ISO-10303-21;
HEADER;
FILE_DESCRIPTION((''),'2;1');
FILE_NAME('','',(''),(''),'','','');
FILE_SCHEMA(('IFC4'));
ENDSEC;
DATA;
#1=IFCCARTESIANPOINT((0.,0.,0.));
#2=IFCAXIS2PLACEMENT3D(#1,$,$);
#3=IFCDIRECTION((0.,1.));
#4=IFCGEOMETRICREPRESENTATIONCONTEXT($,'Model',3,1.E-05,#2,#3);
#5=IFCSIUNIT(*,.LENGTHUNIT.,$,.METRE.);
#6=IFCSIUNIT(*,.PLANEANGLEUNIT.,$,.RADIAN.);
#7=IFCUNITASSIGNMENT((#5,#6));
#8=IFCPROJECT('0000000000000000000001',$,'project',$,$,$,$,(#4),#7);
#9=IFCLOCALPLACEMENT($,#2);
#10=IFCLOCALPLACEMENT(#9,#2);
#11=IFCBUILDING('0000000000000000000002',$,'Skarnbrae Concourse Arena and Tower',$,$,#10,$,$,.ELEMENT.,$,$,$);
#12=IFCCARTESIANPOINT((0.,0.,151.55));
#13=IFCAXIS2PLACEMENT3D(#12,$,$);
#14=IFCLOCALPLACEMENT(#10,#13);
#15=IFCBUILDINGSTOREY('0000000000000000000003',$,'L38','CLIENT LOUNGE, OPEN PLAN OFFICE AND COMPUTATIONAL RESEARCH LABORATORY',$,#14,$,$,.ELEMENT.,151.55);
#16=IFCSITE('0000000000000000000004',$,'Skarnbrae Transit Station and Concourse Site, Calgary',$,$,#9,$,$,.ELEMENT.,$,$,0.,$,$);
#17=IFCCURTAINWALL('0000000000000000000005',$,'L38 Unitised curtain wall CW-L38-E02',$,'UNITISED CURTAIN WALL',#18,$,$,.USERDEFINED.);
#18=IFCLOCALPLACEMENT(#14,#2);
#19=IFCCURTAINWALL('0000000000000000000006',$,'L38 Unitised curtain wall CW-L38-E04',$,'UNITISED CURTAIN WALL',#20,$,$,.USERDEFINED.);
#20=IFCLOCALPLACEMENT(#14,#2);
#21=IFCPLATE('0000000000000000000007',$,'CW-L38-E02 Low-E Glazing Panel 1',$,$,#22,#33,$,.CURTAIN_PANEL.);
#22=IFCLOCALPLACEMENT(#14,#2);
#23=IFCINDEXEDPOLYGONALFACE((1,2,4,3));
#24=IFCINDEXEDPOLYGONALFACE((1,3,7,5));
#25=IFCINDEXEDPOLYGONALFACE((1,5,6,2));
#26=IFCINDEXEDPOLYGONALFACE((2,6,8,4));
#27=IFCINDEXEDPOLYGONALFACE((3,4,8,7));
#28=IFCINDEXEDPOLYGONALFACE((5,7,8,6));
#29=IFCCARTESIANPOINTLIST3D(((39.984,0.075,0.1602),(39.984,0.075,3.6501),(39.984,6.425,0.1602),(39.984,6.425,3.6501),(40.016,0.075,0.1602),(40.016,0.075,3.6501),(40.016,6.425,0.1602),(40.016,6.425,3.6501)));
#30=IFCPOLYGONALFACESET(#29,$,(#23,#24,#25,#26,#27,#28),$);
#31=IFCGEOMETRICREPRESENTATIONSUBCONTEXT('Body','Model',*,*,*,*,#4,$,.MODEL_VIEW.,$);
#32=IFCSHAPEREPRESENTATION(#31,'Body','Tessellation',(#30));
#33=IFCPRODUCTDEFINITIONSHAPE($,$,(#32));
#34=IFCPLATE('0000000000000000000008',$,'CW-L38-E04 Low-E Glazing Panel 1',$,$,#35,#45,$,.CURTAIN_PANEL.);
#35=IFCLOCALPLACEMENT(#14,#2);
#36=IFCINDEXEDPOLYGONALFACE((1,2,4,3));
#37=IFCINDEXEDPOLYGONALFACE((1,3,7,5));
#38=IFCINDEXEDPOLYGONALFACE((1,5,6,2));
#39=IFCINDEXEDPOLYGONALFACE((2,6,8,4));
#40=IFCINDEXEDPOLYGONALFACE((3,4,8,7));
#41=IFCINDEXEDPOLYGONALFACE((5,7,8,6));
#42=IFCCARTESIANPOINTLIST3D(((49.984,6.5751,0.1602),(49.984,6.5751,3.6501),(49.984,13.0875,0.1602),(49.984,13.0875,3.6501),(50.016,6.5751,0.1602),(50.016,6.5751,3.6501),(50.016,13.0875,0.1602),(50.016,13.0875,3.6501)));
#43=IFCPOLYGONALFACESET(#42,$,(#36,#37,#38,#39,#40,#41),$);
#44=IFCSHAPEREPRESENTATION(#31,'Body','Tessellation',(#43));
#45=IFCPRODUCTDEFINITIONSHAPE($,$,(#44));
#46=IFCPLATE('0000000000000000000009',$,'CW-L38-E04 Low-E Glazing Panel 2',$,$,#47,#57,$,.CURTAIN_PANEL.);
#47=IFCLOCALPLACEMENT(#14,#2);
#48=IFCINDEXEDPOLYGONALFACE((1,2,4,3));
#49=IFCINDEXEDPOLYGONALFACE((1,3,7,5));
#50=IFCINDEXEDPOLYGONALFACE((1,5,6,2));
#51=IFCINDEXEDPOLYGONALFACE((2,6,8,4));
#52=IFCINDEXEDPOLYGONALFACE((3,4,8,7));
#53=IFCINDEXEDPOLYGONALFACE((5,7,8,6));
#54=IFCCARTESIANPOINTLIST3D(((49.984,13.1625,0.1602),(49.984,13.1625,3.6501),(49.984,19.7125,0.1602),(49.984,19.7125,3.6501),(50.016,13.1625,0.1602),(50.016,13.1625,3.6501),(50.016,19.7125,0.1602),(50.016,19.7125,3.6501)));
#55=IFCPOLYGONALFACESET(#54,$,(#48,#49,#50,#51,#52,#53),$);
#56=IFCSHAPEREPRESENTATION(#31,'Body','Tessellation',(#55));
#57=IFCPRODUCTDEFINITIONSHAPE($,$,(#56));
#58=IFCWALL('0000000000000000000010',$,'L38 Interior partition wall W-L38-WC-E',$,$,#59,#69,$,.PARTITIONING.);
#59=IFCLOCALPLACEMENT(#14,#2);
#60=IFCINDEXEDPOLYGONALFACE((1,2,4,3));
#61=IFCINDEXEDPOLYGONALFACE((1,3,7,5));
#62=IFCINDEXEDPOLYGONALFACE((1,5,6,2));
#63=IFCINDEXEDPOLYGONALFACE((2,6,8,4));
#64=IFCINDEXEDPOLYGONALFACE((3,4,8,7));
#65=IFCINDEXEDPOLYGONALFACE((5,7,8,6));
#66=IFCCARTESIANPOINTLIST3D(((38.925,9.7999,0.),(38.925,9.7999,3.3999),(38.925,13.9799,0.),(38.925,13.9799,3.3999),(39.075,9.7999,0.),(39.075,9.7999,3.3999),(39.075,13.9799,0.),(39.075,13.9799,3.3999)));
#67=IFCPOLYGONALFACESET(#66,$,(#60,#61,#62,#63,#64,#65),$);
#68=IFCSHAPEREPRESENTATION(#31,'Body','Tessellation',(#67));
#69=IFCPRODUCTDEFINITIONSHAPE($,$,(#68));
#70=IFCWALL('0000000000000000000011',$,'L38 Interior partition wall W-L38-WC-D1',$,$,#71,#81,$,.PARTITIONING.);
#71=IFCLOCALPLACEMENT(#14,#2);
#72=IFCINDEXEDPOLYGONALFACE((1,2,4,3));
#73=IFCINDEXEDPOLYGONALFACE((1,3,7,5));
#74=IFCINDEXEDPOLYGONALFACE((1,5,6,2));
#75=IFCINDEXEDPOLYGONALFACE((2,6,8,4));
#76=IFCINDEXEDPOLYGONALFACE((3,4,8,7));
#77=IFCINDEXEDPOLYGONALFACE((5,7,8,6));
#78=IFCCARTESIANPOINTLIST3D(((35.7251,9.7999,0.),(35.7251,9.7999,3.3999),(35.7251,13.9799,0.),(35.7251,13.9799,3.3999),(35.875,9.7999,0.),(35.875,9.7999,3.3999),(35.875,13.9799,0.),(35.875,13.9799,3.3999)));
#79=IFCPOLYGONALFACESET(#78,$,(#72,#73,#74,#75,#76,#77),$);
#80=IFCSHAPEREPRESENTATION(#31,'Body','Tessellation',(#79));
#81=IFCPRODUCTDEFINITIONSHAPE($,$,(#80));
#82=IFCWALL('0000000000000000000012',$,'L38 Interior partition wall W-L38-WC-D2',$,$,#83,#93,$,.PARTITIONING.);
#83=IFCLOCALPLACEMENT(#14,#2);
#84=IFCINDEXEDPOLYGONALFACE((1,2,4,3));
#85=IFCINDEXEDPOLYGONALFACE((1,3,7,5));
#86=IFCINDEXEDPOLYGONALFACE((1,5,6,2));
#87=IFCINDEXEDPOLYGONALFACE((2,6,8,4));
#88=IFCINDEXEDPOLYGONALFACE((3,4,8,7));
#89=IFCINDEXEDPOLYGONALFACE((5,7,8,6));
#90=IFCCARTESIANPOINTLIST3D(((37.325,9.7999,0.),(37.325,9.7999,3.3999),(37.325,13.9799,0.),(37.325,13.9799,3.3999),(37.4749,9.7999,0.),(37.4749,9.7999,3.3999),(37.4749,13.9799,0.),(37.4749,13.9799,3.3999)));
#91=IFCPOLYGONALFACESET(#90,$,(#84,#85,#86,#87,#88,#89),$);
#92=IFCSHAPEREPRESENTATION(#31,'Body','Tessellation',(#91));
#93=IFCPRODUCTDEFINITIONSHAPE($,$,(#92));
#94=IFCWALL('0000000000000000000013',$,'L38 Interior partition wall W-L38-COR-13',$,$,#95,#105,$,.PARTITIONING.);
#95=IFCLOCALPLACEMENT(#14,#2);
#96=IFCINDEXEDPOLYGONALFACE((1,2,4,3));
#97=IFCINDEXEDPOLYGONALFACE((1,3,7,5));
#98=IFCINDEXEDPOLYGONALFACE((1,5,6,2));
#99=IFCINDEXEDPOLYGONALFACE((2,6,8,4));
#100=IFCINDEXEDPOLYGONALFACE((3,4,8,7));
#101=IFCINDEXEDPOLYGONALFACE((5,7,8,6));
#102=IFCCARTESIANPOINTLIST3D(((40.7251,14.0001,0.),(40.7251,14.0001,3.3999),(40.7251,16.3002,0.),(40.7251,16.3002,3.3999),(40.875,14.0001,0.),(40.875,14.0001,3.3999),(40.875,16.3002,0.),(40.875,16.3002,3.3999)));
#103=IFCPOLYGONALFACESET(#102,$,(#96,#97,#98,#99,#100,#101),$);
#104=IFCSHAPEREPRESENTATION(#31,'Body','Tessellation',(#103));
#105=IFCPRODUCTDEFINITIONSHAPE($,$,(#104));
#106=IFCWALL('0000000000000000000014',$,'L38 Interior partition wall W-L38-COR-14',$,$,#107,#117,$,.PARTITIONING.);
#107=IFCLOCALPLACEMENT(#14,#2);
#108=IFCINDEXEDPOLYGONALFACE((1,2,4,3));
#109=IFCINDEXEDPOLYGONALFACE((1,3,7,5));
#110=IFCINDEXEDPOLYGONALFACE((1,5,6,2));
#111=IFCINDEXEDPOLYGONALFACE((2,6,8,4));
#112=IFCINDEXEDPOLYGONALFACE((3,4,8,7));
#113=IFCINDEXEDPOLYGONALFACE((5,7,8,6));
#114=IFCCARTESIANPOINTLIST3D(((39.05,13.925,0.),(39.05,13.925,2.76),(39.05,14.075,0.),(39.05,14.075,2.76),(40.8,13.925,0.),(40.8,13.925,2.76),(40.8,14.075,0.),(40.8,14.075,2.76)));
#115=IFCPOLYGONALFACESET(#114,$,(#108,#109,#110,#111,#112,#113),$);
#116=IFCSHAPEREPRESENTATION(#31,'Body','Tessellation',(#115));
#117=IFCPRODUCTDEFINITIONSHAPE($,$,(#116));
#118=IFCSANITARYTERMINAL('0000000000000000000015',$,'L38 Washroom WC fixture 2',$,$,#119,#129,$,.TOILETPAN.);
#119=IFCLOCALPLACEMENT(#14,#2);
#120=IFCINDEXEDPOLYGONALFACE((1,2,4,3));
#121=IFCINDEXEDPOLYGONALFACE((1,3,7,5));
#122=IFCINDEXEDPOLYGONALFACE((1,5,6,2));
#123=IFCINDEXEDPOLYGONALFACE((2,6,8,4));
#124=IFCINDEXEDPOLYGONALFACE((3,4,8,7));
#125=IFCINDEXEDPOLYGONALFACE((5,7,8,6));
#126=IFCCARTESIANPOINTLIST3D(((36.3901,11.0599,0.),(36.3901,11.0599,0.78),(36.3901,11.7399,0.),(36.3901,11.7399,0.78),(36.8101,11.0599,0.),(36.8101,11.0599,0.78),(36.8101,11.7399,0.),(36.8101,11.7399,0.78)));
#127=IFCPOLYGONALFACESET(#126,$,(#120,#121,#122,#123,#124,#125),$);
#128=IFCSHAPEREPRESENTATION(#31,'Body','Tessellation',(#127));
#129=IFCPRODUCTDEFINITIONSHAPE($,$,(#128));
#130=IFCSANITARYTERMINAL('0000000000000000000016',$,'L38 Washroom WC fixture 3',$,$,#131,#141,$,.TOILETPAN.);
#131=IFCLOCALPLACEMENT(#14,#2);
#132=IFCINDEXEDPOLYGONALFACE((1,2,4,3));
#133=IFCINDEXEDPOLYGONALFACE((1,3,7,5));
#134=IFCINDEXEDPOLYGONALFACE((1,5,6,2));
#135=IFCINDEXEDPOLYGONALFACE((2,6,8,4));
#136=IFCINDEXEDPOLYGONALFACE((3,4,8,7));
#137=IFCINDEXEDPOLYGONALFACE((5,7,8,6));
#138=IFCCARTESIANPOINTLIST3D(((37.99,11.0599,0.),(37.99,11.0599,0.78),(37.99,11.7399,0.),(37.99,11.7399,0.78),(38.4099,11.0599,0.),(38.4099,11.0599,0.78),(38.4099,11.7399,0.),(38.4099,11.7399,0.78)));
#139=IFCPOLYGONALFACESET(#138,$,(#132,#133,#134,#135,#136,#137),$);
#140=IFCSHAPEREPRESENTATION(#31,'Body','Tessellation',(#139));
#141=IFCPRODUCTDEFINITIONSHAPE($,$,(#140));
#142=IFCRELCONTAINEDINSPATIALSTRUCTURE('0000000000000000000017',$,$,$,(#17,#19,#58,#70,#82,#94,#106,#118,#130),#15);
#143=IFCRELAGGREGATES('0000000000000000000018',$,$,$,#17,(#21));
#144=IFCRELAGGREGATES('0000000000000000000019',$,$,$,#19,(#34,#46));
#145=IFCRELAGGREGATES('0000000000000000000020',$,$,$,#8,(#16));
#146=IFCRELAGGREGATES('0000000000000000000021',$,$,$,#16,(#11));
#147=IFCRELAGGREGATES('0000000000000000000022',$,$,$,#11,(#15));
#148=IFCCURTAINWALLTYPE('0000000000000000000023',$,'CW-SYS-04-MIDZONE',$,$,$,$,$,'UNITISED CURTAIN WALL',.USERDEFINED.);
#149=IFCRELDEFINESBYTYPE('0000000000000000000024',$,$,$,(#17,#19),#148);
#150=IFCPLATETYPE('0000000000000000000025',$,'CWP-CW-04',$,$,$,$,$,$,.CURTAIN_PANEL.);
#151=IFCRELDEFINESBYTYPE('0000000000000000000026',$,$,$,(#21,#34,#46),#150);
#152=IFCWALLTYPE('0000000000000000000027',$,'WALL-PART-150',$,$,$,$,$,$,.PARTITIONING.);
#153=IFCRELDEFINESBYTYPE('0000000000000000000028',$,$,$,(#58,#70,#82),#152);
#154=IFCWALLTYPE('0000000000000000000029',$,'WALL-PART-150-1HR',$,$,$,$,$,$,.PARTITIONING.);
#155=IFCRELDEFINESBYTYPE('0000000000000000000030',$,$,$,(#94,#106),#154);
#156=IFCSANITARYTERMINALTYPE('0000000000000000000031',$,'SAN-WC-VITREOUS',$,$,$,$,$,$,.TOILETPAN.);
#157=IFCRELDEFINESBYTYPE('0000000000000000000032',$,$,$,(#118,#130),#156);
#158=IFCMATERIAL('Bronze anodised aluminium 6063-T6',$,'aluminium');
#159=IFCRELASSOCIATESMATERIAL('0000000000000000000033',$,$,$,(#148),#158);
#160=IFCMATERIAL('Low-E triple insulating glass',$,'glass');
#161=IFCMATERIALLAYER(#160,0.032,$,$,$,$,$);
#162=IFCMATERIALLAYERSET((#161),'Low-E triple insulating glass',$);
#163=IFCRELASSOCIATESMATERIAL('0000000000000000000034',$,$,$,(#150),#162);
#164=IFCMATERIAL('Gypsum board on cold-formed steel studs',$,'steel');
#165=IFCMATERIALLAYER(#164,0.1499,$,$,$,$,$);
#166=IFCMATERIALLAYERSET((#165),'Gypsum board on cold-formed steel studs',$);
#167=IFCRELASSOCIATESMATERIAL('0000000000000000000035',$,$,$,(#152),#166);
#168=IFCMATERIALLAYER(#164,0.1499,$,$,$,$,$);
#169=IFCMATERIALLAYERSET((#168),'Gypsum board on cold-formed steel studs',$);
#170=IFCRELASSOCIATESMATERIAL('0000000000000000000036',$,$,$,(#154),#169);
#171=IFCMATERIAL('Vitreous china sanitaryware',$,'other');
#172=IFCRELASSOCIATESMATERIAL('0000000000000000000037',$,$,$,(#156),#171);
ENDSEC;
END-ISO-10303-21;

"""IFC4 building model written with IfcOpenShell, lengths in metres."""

from ifc_helpers import new_model, si_unit, direction, frame, frame_2d, origin, origin_2d, place, context, subcontext, project, spatial, rectangle, extrude, source, transform, mapped, material, layer, layer_set, type_object, element, aggregate, save


model = new_model("IFC4")

# Units and contexts
model_context = context("Model", 3, precision=1e-05, world=origin(), true_north=direction((0.0, 1.0)))
body_context = subcontext(model_context, "Body", "Model", "MODEL_VIEW")
ifc_project = project(units=[si_unit("LENGTHUNIT", "METRE"), si_unit("PLANEANGLEUNIT", "RADIAN")], contexts=[model_context])

# Site, building, storey
site_placement = place(None, origin())
site = spatial("IfcSite", under=ifc_project, at=site_placement, Name="Skarnbrae Transit Station and Concourse Site, Calgary", CompositionType="ELEMENT", RefElevation=0.0)
building_placement = place(site_placement, origin())
building = spatial("IfcBuilding", under=site, at=building_placement, Name="Skarnbrae Concourse Arena and Tower", CompositionType="ELEMENT")
storey_placement = place(building_placement, frame((0.0, 0.0, 151.55)))
storey = spatial("IfcBuildingStorey", under=building, at=storey_placement, Name="L38", Description="CLIENT LOUNGE, OPEN PLAN OFFICE AND COMPUTATIONAL RESEARCH LABORATORY", CompositionType="ELEMENT", Elevation=151.55)

# Shared definitions
ifc_material_1 = material(Name="Bronze anodised aluminium 6063-T6", Category="aluminium")
curtain_wall_type = type_object("IfcCurtainWallType", Name="CW-SYS-04-MIDZONE", ElementType="UNITISED CURTAIN WALL", PredefinedType="USERDEFINED", material=ifc_material_1)

# Curtain wall
curtain_wall_1_placement = place(storey_placement, origin())
curtain_wall_1 = element("IfcCurtainWall", 1, at=curtain_wall_1_placement, inside=storey, type_object=curtain_wall_type, Name="L38 Unitised curtain wall CW-L38-E02", ObjectType="UNITISED CURTAIN WALL", PredefinedType="USERDEFINED")

# Curtain wall
curtain_wall_2_placement = place(storey_placement, origin())
curtain_wall_2 = element("IfcCurtainWall", 2, at=curtain_wall_2_placement, inside=storey, type_object=curtain_wall_type, Name="L38 Unitised curtain wall CW-L38-E04", ObjectType="UNITISED CURTAIN WALL", PredefinedType="USERDEFINED")

# Plates
ifc_material_2 = material(Name="Low-E triple insulating glass", Category="glass")
ifc_layer_1 = layer(ifc_material_2, 0.032)
ifc_layer_set_1 = layer_set([ifc_layer_1], Name="Low-E triple insulating glass")
plate_type = type_object("IfcPlateType", Name="CWP-CW-04", PredefinedType="CURTAIN_PANEL", material=ifc_layer_set_1)
shared_shape_1 = source(origin(), body_context, "Body", "SweptSolid", [
    extrude(rectangle(XDim=6.3501, YDim=0.032, at=origin_2d()), origin(), (0.0, 0.0, 1.0), 3.49),
])
plate_1_placement = place(storey_placement, frame((40.0, 3.25, 0.1602), z_axis=(0.0, 0.0, 1.0), x_axis=(0.0, 1.0, 0.0)))
plate_1 = element("IfcPlate", 3, at=plate_1_placement, type_object=plate_type, Name="CW-L38-E02 Low-E Glazing Panel 1", PredefinedType="CURTAIN_PANEL", context=body_context, shape_type="MappedRepresentation", body=[
    mapped(shared_shape_1, transform((0.0, 0.0, 0.0))),
])
aggregate(curtain_wall_1, [plate_1])
shared_shape_2 = source(origin(), body_context, "Body", "SweptSolid", [
    extrude(rectangle(XDim=6.5125, YDim=0.032, at=origin_2d()), origin(), (0.0, 0.0, 1.0), 3.49),
])
plate_2_placement = place(storey_placement, frame((50.0, 9.8313, 0.1602), z_axis=(0.0, 0.0, 1.0), x_axis=(0.0, 1.0, 0.0)))
plate_2 = element("IfcPlate", 4, at=plate_2_placement, type_object=plate_type, Name="CW-L38-E04 Low-E Glazing Panel 1", PredefinedType="CURTAIN_PANEL", context=body_context, shape_type="MappedRepresentation", body=[
    mapped(shared_shape_2, transform((0.0, 0.0, 0.0))),
])
shared_shape_3 = source(origin(), body_context, "Body", "SweptSolid", [
    extrude(rectangle(XDim=6.55, YDim=0.032, at=origin_2d()), origin(), (0.0, 0.0, 1.0), 3.49),
])
plate_3_placement = place(storey_placement, frame((50.0, 16.4375, 0.1602), z_axis=(0.0, 0.0, 1.0), x_axis=(0.0, 1.0, 0.0)))
plate_3 = element("IfcPlate", 5, at=plate_3_placement, type_object=plate_type, Name="CW-L38-E04 Low-E Glazing Panel 2", PredefinedType="CURTAIN_PANEL", context=body_context, shape_type="MappedRepresentation", body=[
    mapped(shared_shape_3, transform((0.0, 0.0, 0.0))),
])
aggregate(curtain_wall_2, [plate_2, plate_3])

# Walls
ifc_material_3 = material(Name="Gypsum board on cold-formed steel studs", Category="steel")
ifc_layer_2 = layer(ifc_material_3, 0.1499)
ifc_layer_set_2 = layer_set([ifc_layer_2], Name="Gypsum board on cold-formed steel studs")
wall_type_1 = type_object("IfcWallType", Name="WALL-PART-150", PredefinedType="PARTITIONING", material=ifc_layer_set_2)
shared_shape_4 = source(origin(), body_context, "Body", "SweptSolid", [
    extrude(rectangle(XDim=4.1799, YDim=0.1499, at=frame_2d((2.0898, 0.0))), origin(), (0.0, 0.0, 1.0), 3.3999),
])
for number, where, z_axis, x_axis, name in (
    (6, (39.0, 9.8, 0.0), (0.0, 0.0, 1.0), (0.0, 1.0, 0.0), "L38 Interior partition wall W-L38-WC-E"),
    (7, (35.8, 9.8, 0.0), (0.0, 0.0, 1.0), (0.0, 1.0, 0.0), "L38 Interior partition wall W-L38-WC-D1"),
    (8, (37.3999, 9.8, 0.0), (0.0, 0.0, 1.0), (0.0, 1.0, 0.0), "L38 Interior partition wall W-L38-WC-D2"),
):
    element("IfcWall", number, at=place(storey_placement, frame(where, z_axis=z_axis, x_axis=x_axis)), inside=storey, type_object=wall_type_1, Name=name, PredefinedType="PARTITIONING", context=body_context, shape_type="MappedRepresentation", body=[
        mapped(shared_shape_4, transform((0.0, 0.0, 0.0))),
    ])
ifc_layer_3 = layer(ifc_material_3, 0.1499)
ifc_layer_set_3 = layer_set([ifc_layer_3], Name="Gypsum board on cold-formed steel studs")
wall_type_2 = type_object("IfcWallType", Name="WALL-PART-150-1HR", PredefinedType="PARTITIONING", material=ifc_layer_set_3)
shared_shape_5 = source(origin(), body_context, "Body", "SweptSolid", [
    extrude(rectangle(XDim=2.3, YDim=0.1499, at=frame_2d((1.1499, 0.0))), origin(), (0.0, 0.0, 1.0), 3.3999),
])
wall_1_placement = place(storey_placement, frame((40.8, 16.3, 0.0), z_axis=(0.0, 0.0, 1.0), x_axis=(0.0, -1.0, 0.0)))
element("IfcWall", 9, at=wall_1_placement, inside=storey, type_object=wall_type_2, Name="L38 Interior partition wall W-L38-COR-13", PredefinedType="PARTITIONING", context=body_context, shape_type="MappedRepresentation", body=[
    mapped(shared_shape_5, transform((0.0, 0.0, 0.0))),
])
shared_shape_6 = source(origin(), body_context, "Body", "SweptSolid", [
    extrude(rectangle(XDim=1.75, YDim=0.1499, at=frame_2d((0.875, 0.0))), origin(), (0.0, 0.0, 1.0), 2.76),
])
wall_2_placement = place(storey_placement, frame((40.8, 14.0, 0.0), z_axis=(0.0, 0.0, 1.0), x_axis=(-1.0, 0.0, 0.0)))
element("IfcWall", 10, at=wall_2_placement, inside=storey, type_object=wall_type_2, Name="L38 Interior partition wall W-L38-COR-14", PredefinedType="PARTITIONING", context=body_context, shape_type="MappedRepresentation", body=[
    mapped(shared_shape_6, transform((0.0, 0.0, 0.0))),
])

# Sanitary terminals
ifc_material_4 = material(Name="Vitreous china sanitaryware", Category="other")
sanitary_terminal_type = type_object("IfcSanitaryTerminalType", Name="SAN-WC-VITREOUS", PredefinedType="TOILETPAN", material=ifc_material_4)
shared_shape_7 = source(origin(), body_context, "Body", "SweptSolid", [
    extrude(rectangle(XDim=0.4199, YDim=0.6799, at=origin_2d()), origin(), (0.0, 0.0, 1.0), 0.78),
])
for number, where, z_axis, x_axis, name in (
    (11, (36.6001, 11.3999, 0.0), (0.0, 0.0, 1.0), (1.0, 0.0, 0.0), "L38 Washroom WC fixture 2"),
    (12, (38.2, 11.3999, 0.0), (0.0, 0.0, 1.0), (1.0, 0.0, 0.0), "L38 Washroom WC fixture 3"),
):
    element("IfcSanitaryTerminal", number, at=place(storey_placement, frame(where, z_axis=z_axis, x_axis=x_axis)), inside=storey, type_object=sanitary_terminal_type, Name=name, PredefinedType="TOILETPAN", context=body_context, shape_type="MappedRepresentation", body=[
        mapped(shared_shape_7, transform((0.0, 0.0, 0.0))),
    ])

save(model, "model.ifc")
